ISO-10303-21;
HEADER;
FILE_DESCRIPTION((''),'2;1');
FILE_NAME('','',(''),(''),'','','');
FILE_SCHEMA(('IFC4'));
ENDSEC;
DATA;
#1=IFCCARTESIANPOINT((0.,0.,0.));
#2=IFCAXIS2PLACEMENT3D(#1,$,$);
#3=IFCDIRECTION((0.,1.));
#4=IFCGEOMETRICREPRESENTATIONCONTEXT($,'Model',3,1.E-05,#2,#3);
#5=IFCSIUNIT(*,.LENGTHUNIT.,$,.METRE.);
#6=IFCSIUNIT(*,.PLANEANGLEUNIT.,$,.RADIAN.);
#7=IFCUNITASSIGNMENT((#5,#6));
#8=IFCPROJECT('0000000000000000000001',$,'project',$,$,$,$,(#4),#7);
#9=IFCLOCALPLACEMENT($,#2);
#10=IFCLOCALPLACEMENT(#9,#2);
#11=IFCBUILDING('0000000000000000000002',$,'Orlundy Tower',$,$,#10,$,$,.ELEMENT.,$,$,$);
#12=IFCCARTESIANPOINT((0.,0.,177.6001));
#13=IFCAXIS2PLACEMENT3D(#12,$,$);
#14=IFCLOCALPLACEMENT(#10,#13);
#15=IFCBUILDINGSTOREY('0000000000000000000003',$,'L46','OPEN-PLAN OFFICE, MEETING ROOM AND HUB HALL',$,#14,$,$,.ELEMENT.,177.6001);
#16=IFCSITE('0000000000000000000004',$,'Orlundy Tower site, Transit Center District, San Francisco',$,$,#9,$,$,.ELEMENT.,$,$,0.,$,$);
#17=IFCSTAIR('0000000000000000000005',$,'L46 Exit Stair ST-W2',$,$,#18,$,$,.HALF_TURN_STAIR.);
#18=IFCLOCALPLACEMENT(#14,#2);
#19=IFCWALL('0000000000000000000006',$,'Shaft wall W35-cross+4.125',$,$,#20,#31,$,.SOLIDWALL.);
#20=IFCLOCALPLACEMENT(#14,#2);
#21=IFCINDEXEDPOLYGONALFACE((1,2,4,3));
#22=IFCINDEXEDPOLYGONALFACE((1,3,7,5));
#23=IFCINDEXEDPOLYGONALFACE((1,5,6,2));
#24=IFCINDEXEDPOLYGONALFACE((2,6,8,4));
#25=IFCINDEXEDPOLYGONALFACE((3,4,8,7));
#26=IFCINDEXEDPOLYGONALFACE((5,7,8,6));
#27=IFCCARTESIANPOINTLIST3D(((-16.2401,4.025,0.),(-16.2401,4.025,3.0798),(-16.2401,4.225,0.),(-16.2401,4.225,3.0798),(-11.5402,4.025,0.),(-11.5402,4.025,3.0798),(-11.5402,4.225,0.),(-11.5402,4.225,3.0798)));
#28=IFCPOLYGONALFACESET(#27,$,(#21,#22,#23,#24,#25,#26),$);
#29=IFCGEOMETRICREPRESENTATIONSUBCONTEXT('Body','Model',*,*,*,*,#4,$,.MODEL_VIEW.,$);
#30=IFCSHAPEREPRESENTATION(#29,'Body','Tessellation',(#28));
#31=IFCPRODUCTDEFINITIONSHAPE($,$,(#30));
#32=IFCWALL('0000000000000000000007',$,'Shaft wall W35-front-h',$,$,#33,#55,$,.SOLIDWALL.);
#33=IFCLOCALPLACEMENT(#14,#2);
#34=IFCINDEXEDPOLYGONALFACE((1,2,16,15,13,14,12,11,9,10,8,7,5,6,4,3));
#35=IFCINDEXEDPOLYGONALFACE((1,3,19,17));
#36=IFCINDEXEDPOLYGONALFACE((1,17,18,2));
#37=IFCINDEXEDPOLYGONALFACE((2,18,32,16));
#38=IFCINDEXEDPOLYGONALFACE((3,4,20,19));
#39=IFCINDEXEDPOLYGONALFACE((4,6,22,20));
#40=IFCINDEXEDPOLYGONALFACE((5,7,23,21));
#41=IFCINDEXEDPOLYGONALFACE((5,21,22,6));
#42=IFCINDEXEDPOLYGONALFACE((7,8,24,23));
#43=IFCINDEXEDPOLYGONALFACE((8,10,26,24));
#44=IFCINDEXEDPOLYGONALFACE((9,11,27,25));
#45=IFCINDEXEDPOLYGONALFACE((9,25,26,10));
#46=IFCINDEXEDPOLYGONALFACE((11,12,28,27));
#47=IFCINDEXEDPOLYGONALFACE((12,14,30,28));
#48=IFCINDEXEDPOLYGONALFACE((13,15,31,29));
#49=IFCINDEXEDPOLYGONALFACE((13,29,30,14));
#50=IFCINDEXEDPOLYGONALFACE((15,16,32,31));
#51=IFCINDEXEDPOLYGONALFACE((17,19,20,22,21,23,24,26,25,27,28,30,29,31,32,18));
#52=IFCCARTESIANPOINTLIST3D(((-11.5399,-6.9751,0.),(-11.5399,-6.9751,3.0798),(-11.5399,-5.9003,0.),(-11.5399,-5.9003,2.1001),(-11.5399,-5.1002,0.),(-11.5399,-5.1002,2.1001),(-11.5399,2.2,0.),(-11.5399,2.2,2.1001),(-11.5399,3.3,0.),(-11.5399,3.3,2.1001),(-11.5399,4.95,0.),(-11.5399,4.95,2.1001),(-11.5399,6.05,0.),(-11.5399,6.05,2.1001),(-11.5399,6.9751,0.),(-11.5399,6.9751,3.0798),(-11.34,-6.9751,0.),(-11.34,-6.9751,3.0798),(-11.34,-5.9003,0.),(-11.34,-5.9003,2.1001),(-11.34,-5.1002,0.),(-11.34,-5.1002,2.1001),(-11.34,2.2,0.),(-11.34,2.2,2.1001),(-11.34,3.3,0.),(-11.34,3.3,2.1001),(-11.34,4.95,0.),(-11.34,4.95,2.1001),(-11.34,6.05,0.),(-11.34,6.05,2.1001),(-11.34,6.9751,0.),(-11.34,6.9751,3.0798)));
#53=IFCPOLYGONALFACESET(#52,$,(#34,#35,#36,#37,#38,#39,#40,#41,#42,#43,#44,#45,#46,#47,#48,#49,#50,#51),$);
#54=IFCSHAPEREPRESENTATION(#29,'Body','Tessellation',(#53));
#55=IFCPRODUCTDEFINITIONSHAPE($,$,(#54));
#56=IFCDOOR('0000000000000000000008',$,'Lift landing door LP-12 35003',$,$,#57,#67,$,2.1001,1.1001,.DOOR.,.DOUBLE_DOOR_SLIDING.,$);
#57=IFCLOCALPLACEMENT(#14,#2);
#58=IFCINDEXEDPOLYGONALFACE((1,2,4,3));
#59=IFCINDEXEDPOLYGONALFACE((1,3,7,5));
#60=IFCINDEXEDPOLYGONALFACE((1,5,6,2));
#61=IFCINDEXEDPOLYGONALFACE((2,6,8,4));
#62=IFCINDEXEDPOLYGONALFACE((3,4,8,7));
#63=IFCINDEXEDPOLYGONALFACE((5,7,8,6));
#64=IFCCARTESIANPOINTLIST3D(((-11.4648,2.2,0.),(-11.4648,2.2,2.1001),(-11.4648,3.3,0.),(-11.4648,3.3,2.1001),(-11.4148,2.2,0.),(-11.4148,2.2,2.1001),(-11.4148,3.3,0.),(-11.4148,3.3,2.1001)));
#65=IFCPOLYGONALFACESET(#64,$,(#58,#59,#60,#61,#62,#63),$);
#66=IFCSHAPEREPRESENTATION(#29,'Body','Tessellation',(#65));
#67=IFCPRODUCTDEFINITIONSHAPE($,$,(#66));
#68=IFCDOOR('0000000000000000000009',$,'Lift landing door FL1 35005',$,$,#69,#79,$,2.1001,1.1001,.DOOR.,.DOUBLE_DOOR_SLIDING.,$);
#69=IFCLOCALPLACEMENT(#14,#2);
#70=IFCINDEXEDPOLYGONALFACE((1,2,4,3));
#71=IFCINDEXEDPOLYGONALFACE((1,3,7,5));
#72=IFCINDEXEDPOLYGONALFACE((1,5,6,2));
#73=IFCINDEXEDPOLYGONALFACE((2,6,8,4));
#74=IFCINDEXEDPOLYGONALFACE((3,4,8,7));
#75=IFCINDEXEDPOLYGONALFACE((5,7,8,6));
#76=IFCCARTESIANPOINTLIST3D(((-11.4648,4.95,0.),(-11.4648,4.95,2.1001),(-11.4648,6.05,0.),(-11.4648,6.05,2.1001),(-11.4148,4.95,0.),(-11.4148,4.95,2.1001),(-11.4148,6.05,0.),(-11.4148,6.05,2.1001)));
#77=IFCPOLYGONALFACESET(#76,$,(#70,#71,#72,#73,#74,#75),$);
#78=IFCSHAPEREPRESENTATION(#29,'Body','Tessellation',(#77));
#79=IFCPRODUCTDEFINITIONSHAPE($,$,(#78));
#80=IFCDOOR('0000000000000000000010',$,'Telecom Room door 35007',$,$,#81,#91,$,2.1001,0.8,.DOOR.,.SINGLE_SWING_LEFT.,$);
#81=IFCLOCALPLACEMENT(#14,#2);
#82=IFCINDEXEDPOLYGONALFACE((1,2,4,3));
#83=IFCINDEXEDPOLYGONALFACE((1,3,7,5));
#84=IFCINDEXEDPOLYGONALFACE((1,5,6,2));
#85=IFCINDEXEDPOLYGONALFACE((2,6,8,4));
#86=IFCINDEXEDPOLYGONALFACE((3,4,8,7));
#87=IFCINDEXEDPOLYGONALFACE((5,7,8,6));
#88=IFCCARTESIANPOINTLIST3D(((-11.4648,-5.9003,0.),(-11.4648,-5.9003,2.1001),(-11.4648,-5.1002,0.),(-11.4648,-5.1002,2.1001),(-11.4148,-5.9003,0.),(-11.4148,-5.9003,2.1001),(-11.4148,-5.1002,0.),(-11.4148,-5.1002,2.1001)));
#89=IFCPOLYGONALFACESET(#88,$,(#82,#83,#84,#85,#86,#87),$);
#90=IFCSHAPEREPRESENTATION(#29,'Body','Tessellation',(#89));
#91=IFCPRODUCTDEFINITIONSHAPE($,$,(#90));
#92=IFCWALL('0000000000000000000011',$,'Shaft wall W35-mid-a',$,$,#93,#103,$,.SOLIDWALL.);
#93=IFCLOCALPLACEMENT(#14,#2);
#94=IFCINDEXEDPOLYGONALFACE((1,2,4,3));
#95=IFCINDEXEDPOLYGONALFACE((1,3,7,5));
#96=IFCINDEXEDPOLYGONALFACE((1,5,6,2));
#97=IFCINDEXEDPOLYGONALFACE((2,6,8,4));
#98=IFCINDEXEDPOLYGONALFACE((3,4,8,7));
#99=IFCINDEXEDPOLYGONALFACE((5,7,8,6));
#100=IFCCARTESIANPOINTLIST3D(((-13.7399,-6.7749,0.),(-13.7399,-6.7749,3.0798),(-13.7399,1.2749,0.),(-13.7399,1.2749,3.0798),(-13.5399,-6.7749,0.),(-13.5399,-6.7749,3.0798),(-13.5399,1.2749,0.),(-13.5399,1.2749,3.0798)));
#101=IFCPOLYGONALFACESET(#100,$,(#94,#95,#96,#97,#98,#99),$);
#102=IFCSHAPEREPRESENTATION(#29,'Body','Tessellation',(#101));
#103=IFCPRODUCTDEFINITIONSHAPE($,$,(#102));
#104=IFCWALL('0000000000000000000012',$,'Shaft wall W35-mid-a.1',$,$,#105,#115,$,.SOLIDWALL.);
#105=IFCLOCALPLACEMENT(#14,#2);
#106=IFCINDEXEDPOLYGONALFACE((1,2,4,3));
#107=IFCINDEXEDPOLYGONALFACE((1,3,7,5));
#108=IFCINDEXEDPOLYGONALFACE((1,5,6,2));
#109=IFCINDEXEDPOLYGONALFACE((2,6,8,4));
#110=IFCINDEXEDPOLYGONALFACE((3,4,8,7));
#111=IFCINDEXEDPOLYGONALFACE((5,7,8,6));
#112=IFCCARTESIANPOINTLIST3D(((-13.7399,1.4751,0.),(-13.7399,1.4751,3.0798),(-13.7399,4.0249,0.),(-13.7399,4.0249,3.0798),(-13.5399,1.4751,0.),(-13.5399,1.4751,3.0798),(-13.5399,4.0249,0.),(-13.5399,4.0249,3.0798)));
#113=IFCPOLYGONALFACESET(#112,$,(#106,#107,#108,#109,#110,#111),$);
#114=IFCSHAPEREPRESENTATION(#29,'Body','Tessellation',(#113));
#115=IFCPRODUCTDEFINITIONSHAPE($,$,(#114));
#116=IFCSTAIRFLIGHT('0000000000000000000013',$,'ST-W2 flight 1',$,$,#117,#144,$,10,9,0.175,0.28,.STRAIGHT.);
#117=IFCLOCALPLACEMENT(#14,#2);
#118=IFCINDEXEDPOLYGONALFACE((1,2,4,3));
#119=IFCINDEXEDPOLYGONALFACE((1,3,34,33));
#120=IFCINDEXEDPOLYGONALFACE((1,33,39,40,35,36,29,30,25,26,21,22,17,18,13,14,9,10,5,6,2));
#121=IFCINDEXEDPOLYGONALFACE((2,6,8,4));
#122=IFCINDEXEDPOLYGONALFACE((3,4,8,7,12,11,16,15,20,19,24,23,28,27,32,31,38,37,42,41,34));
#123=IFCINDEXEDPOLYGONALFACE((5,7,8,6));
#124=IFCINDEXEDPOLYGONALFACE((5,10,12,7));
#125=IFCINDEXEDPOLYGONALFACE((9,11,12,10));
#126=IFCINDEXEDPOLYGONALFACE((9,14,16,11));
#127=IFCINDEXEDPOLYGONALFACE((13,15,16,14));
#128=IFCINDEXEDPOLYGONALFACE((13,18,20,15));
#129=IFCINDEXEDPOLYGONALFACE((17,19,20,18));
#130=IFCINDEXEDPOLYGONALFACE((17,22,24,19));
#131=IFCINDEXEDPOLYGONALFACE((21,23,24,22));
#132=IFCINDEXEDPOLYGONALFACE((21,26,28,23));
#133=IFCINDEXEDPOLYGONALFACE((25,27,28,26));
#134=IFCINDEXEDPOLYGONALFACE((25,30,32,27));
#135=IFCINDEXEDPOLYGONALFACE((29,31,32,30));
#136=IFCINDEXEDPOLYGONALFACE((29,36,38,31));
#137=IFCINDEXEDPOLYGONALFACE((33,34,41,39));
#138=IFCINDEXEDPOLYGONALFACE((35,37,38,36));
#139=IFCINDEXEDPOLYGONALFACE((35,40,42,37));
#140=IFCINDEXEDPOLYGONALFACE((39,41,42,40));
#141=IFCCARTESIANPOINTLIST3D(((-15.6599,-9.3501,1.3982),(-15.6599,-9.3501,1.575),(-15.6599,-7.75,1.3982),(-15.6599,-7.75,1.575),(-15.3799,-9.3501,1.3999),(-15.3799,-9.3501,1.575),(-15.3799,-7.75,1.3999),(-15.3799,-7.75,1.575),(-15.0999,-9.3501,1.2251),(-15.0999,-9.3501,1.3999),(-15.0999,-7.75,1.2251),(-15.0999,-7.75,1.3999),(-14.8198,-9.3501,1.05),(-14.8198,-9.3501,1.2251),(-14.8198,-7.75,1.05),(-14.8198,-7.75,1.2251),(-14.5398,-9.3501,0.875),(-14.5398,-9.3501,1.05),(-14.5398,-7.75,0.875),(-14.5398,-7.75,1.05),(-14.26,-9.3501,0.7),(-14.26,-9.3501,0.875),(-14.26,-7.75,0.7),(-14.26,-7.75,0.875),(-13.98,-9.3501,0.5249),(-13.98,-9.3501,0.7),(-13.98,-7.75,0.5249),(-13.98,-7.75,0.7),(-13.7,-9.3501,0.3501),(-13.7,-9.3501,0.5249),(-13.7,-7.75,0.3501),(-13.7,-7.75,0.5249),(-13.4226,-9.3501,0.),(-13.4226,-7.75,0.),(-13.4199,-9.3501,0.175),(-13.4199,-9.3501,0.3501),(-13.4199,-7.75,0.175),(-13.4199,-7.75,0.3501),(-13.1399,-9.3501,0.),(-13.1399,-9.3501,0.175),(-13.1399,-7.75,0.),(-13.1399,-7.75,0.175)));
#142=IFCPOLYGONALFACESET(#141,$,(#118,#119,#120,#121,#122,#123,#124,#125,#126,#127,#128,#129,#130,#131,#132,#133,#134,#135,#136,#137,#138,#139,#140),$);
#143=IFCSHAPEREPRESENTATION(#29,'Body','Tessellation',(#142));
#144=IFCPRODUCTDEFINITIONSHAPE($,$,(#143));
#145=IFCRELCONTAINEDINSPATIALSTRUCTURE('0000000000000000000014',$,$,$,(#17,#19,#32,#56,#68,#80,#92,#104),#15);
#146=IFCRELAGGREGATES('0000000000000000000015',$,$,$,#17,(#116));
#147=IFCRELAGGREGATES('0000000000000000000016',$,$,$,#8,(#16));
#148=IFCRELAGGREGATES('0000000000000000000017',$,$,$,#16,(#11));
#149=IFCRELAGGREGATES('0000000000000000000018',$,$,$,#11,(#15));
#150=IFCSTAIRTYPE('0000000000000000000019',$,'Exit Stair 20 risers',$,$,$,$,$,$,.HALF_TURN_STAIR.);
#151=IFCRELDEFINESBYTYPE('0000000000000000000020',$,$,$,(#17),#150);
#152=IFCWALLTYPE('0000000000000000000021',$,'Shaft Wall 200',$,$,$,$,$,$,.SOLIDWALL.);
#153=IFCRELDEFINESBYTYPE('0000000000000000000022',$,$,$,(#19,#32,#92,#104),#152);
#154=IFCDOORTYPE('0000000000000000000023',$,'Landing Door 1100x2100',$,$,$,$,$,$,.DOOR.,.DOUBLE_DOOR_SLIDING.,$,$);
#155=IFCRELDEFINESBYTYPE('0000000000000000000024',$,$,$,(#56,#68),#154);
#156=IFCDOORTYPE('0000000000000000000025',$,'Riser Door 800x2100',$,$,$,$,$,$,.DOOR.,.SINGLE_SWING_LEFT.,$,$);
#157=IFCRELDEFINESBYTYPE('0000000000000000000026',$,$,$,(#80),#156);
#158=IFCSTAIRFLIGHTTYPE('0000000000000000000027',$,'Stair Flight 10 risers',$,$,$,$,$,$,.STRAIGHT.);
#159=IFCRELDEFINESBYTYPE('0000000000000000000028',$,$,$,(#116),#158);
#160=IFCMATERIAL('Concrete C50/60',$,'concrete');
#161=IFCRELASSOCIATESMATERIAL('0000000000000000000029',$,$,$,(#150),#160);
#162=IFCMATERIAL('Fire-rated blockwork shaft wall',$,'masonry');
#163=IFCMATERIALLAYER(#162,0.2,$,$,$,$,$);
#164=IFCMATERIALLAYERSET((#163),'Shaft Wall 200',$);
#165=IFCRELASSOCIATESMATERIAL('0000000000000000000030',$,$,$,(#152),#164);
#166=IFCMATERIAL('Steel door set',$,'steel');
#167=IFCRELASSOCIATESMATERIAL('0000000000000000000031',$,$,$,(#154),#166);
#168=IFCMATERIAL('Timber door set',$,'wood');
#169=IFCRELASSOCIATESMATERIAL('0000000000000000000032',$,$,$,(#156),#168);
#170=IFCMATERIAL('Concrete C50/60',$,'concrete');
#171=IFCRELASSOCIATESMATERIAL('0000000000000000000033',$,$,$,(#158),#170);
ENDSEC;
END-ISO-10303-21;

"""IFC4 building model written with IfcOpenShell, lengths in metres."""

from ifc_helpers import new_model, si_unit, direction, frame, frame_2d, origin, place, context, subcontext, project, spatial, polyline, rectangle, outline, extrude, material, layer, layer_set, type_object, element, fill, aggregate, save


model = new_model("IFC4")

# Units and contexts
model_context = context("Model", 3, precision=1e-05, world=origin(), true_north=direction((0.0, 1.0)))
body_context = subcontext(model_context, "Body", "Model", "MODEL_VIEW")
ifc_project = project(units=[si_unit("LENGTHUNIT", "METRE"), si_unit("PLANEANGLEUNIT", "RADIAN")], contexts=[model_context])

# Site, building, storey
site_placement = place(None, origin())
site = spatial("IfcSite", under=ifc_project, at=site_placement, Name="Orlundy Tower site, Transit Center District, San Francisco", CompositionType="ELEMENT", RefElevation=0.0)
building_placement = place(site_placement, origin())
building = spatial("IfcBuilding", under=site, at=building_placement, Name="Orlundy Tower", CompositionType="ELEMENT")
storey_placement = place(building_placement, frame((0.0, 0.0, 177.6001)))
storey = spatial("IfcBuildingStorey", under=building, at=storey_placement, Name="L46", Description="OPEN-PLAN OFFICE, MEETING ROOM AND HUB HALL", CompositionType="ELEMENT", Elevation=177.6001)

# Stair
ifc_material_1 = material(Name="Concrete C50/60", Category="concrete")
stair_type = type_object("IfcStairType", Name="Exit Stair 20 risers", PredefinedType="HALF_TURN_STAIR", material=ifc_material_1)
stair_1_placement = place(storey_placement, origin())
stair_1 = element("IfcStair", 1, at=stair_1_placement, inside=storey, type_object=stair_type, Name="L46 Exit Stair ST-W2", PredefinedType="HALF_TURN_STAIR")

# Wall
ifc_material_2 = material(Name="Fire-rated blockwork shaft wall", Category="masonry")
ifc_layer_1 = layer(ifc_material_2, 0.2)
ifc_layer_set_1 = layer_set([ifc_layer_1], Name="Shaft Wall 200")
wall_type_1 = type_object("IfcWallType", Name="Shaft Wall 200", PredefinedType="SOLIDWALL", material=ifc_layer_set_1)
wall_1_placement = place(storey_placement, frame((-11.54, 4.125, 0.0), z_axis=(0.0, 0.0, 1.0), x_axis=(-1.0, 0.0, 0.0)))
element("IfcWall", 2, at=wall_1_placement, inside=storey, type_object=wall_type_1, Name="Shaft wall W35-cross+4.125", PredefinedType="SOLIDWALL", context=body_context, shape_type="SweptSolid", body=[
    extrude(rectangle(XDim=4.7, YDim=0.2, at=frame_2d((2.3501, 0.0))), origin(), (0.0, 0.0, 1.0), 3.0798),
])

# Wall, openings, doors
wall_2_placement = place(storey_placement, frame((-11.4399, -6.9751, 0.0), z_axis=(0.0, 0.0, 1.0), x_axis=(0.0, 1.0, 0.0)))
wall_2 = element("IfcWall", 3, at=wall_2_placement, inside=storey, type_object=wall_type_1, Name="Shaft wall W35-front-h", PredefinedType="SOLIDWALL", context=body_context, shape_type="SweptSolid", body=[
    extrude(rectangle(XDim=13.9502, YDim=0.2, at=frame_2d((6.9751, 0.0))), origin(), (0.0, 0.0, 1.0), 3.0798),
])
opening_1_placement = place(wall_2_placement, frame((9.175, 0.0, 0.0)))
opening_1 = element("IfcOpeningElement", 4, at=opening_1_placement, cuts=wall_2, PredefinedType="OPENING", context=body_context, shape_type="SweptSolid", body=[
    extrude(rectangle(XDim=1.1001, YDim=2.1001, at=frame_2d((0.55, 1.05))), frame((0.0, 0.1101, 0.0), z_axis=(0.0, -1.0, 0.0), x_axis=(1.0, 0.0, 0.0)), (0.0, 0.0, 1.0), 0.2202),
])
opening_2_placement = place(wall_2_placement, frame((11.925, 0.0, 0.0)))
opening_2 = element("IfcOpeningElement", 5, at=opening_2_placement, cuts=wall_2, PredefinedType="OPENING", context=body_context, shape_type="SweptSolid", body=[
    extrude(rectangle(XDim=1.1001, YDim=2.1001, at=frame_2d((0.55, 1.05))), frame((0.0, 0.1101, 0.0), z_axis=(0.0, -1.0, 0.0), x_axis=(1.0, 0.0, 0.0)), (0.0, 0.0, 1.0), 0.2202),
])
opening_3_placement = place(wall_2_placement, frame((1.075, 0.0, 0.0)))
opening_3 = element("IfcOpeningElement", 6, at=opening_3_placement, cuts=wall_2, PredefinedType="OPENING", context=body_context, shape_type="SweptSolid", body=[
    extrude(rectangle(XDim=0.8, YDim=2.1001, at=frame_2d((0.3999, 1.05))), frame((0.0, 0.1101, 0.0), z_axis=(0.0, -1.0, 0.0), x_axis=(1.0, 0.0, 0.0)), (0.0, 0.0, 1.0), 0.2202),
])
ifc_material_3 = material(Name="Steel door set", Category="steel")
door_type_1 = type_object("IfcDoorType", Name="Landing Door 1100x2100", OperationType="DOUBLE_DOOR_SLIDING", PredefinedType="DOOR", material=ifc_material_3)
door_1_placement = place(opening_1_placement, origin())
door_1 = element("IfcDoor", 7, at=door_1_placement, inside=storey, type_object=door_type_1, Name="Lift landing door LP-12 35003", OperationType="DOUBLE_DOOR_SLIDING", OverallHeight=2.1001, OverallWidth=1.1001, PredefinedType="DOOR", context=body_context, shape_type="SweptSolid", body=[
    extrude(rectangle(XDim=1.1001, YDim=2.1001, at=frame_2d((0.55, 1.05))), frame((0.0, 0.0249, 0.0), z_axis=(0.0, -1.0, 0.0), x_axis=(1.0, 0.0, 0.0)), (0.0, 0.0, 1.0), 0.05),
])
fill(opening_1, door_1)
door_2_placement = place(opening_2_placement, origin())
door_2 = element("IfcDoor", 8, at=door_2_placement, inside=storey, type_object=door_type_1, Name="Lift landing door FL1 35005", OperationType="DOUBLE_DOOR_SLIDING", OverallHeight=2.1001, OverallWidth=1.1001, PredefinedType="DOOR", context=body_context, shape_type="SweptSolid", body=[
    extrude(rectangle(XDim=1.1001, YDim=2.1001, at=frame_2d((0.55, 1.05))), frame((0.0, 0.0249, 0.0), z_axis=(0.0, -1.0, 0.0), x_axis=(1.0, 0.0, 0.0)), (0.0, 0.0, 1.0), 0.05),
])
fill(opening_2, door_2)
ifc_material_4 = material(Name="Timber door set", Category="wood")
door_type_2 = type_object("IfcDoorType", Name="Riser Door 800x2100", OperationType="SINGLE_SWING_LEFT", PredefinedType="DOOR", material=ifc_material_4)
door_3_placement = place(opening_3_placement, origin())
door_3 = element("IfcDoor", 9, at=door_3_placement, inside=storey, type_object=door_type_2, Name="Telecom Room door 35007", OperationType="SINGLE_SWING_LEFT", OverallHeight=2.1001, OverallWidth=0.8, PredefinedType="DOOR", context=body_context, shape_type="SweptSolid", body=[
    extrude(rectangle(XDim=0.8, YDim=2.1001, at=frame_2d((0.3999, 1.05))), frame((0.0, 0.0249, 0.0), z_axis=(0.0, -1.0, 0.0), x_axis=(1.0, 0.0, 0.0)), (0.0, 0.0, 1.0), 0.05),
])
fill(opening_3, door_3)

# Walls
wall_3_placement = place(storey_placement, frame((-13.6399, -6.7749, 0.0), z_axis=(0.0, 0.0, 1.0), x_axis=(0.0, 1.0, 0.0)))
element("IfcWall", 10, at=wall_3_placement, inside=storey, type_object=wall_type_1, Name="Shaft wall W35-mid-a", PredefinedType="SOLIDWALL", context=body_context, shape_type="SweptSolid", body=[
    extrude(rectangle(XDim=8.0498, YDim=0.2, at=frame_2d((4.0249, 0.0))), origin(), (0.0, 0.0, 1.0), 3.0798),
])
wall_4_placement = place(storey_placement, frame((-13.6399, 1.4751, 0.0), z_axis=(0.0, 0.0, 1.0), x_axis=(0.0, 1.0, 0.0)))
element("IfcWall", 11, at=wall_4_placement, inside=storey, type_object=wall_type_1, Name="Shaft wall W35-mid-a.1", PredefinedType="SOLIDWALL", context=body_context, shape_type="SweptSolid", body=[
    extrude(rectangle(XDim=2.5498, YDim=0.2, at=frame_2d((1.2749, 0.0))), origin(), (0.0, 0.0, 1.0), 3.0798),
])

# Stair flight
ifc_material_5 = material(Name="Concrete C50/60", Category="concrete")
stair_flight_type = type_object("IfcStairFlightType", Name="Stair Flight 10 risers", PredefinedType="STRAIGHT", material=ifc_material_5)
stair_flight_placement = place(storey_placement, frame((-13.1399, -8.55, 0.0), z_axis=(0.0, 0.0, 1.0), x_axis=(-1.0, 0.0, 0.0)))
stair_flight = element("IfcStairFlight", 12, at=stair_flight_placement, type_object=stair_flight_type, Name="ST-W2 flight 1", NumberOfRisers=10, NumberOfTreads=9, PredefinedType="STRAIGHT", RiserHeight=0.175, TreadLength=0.28, context=body_context, shape_type="SweptSolid", body=[
    extrude(outline(polyline([(0.0, 0.0), (0.0, 0.175), (0.28, 0.175), (0.28, 0.3501), (0.5601, 0.3501), (0.5601, 0.5249), (0.8401, 0.5249), (0.8401, 0.7), (1.1201, 0.7), (1.1201, 0.875), (1.3999, 0.875), (1.3999, 1.05), (1.6799, 1.05), (1.6799, 1.2251), (1.96, 1.2251), (1.96, 1.3999), (2.24, 1.3999), (2.24, 1.575), (2.52, 1.575), (2.52, 1.75), (2.52, 1.3982), (0.2827, 0.0), (0.0, 0.0)])), frame((0.0, 0.8, 0.0), z_axis=(0.0, -1.0, 0.0), x_axis=(1.0, 0.0, 0.0)), (0.0, 0.0, 1.0), 1.6001),
])
aggregate(stair_1, [stair_flight])

save(model, "model.ifc")
